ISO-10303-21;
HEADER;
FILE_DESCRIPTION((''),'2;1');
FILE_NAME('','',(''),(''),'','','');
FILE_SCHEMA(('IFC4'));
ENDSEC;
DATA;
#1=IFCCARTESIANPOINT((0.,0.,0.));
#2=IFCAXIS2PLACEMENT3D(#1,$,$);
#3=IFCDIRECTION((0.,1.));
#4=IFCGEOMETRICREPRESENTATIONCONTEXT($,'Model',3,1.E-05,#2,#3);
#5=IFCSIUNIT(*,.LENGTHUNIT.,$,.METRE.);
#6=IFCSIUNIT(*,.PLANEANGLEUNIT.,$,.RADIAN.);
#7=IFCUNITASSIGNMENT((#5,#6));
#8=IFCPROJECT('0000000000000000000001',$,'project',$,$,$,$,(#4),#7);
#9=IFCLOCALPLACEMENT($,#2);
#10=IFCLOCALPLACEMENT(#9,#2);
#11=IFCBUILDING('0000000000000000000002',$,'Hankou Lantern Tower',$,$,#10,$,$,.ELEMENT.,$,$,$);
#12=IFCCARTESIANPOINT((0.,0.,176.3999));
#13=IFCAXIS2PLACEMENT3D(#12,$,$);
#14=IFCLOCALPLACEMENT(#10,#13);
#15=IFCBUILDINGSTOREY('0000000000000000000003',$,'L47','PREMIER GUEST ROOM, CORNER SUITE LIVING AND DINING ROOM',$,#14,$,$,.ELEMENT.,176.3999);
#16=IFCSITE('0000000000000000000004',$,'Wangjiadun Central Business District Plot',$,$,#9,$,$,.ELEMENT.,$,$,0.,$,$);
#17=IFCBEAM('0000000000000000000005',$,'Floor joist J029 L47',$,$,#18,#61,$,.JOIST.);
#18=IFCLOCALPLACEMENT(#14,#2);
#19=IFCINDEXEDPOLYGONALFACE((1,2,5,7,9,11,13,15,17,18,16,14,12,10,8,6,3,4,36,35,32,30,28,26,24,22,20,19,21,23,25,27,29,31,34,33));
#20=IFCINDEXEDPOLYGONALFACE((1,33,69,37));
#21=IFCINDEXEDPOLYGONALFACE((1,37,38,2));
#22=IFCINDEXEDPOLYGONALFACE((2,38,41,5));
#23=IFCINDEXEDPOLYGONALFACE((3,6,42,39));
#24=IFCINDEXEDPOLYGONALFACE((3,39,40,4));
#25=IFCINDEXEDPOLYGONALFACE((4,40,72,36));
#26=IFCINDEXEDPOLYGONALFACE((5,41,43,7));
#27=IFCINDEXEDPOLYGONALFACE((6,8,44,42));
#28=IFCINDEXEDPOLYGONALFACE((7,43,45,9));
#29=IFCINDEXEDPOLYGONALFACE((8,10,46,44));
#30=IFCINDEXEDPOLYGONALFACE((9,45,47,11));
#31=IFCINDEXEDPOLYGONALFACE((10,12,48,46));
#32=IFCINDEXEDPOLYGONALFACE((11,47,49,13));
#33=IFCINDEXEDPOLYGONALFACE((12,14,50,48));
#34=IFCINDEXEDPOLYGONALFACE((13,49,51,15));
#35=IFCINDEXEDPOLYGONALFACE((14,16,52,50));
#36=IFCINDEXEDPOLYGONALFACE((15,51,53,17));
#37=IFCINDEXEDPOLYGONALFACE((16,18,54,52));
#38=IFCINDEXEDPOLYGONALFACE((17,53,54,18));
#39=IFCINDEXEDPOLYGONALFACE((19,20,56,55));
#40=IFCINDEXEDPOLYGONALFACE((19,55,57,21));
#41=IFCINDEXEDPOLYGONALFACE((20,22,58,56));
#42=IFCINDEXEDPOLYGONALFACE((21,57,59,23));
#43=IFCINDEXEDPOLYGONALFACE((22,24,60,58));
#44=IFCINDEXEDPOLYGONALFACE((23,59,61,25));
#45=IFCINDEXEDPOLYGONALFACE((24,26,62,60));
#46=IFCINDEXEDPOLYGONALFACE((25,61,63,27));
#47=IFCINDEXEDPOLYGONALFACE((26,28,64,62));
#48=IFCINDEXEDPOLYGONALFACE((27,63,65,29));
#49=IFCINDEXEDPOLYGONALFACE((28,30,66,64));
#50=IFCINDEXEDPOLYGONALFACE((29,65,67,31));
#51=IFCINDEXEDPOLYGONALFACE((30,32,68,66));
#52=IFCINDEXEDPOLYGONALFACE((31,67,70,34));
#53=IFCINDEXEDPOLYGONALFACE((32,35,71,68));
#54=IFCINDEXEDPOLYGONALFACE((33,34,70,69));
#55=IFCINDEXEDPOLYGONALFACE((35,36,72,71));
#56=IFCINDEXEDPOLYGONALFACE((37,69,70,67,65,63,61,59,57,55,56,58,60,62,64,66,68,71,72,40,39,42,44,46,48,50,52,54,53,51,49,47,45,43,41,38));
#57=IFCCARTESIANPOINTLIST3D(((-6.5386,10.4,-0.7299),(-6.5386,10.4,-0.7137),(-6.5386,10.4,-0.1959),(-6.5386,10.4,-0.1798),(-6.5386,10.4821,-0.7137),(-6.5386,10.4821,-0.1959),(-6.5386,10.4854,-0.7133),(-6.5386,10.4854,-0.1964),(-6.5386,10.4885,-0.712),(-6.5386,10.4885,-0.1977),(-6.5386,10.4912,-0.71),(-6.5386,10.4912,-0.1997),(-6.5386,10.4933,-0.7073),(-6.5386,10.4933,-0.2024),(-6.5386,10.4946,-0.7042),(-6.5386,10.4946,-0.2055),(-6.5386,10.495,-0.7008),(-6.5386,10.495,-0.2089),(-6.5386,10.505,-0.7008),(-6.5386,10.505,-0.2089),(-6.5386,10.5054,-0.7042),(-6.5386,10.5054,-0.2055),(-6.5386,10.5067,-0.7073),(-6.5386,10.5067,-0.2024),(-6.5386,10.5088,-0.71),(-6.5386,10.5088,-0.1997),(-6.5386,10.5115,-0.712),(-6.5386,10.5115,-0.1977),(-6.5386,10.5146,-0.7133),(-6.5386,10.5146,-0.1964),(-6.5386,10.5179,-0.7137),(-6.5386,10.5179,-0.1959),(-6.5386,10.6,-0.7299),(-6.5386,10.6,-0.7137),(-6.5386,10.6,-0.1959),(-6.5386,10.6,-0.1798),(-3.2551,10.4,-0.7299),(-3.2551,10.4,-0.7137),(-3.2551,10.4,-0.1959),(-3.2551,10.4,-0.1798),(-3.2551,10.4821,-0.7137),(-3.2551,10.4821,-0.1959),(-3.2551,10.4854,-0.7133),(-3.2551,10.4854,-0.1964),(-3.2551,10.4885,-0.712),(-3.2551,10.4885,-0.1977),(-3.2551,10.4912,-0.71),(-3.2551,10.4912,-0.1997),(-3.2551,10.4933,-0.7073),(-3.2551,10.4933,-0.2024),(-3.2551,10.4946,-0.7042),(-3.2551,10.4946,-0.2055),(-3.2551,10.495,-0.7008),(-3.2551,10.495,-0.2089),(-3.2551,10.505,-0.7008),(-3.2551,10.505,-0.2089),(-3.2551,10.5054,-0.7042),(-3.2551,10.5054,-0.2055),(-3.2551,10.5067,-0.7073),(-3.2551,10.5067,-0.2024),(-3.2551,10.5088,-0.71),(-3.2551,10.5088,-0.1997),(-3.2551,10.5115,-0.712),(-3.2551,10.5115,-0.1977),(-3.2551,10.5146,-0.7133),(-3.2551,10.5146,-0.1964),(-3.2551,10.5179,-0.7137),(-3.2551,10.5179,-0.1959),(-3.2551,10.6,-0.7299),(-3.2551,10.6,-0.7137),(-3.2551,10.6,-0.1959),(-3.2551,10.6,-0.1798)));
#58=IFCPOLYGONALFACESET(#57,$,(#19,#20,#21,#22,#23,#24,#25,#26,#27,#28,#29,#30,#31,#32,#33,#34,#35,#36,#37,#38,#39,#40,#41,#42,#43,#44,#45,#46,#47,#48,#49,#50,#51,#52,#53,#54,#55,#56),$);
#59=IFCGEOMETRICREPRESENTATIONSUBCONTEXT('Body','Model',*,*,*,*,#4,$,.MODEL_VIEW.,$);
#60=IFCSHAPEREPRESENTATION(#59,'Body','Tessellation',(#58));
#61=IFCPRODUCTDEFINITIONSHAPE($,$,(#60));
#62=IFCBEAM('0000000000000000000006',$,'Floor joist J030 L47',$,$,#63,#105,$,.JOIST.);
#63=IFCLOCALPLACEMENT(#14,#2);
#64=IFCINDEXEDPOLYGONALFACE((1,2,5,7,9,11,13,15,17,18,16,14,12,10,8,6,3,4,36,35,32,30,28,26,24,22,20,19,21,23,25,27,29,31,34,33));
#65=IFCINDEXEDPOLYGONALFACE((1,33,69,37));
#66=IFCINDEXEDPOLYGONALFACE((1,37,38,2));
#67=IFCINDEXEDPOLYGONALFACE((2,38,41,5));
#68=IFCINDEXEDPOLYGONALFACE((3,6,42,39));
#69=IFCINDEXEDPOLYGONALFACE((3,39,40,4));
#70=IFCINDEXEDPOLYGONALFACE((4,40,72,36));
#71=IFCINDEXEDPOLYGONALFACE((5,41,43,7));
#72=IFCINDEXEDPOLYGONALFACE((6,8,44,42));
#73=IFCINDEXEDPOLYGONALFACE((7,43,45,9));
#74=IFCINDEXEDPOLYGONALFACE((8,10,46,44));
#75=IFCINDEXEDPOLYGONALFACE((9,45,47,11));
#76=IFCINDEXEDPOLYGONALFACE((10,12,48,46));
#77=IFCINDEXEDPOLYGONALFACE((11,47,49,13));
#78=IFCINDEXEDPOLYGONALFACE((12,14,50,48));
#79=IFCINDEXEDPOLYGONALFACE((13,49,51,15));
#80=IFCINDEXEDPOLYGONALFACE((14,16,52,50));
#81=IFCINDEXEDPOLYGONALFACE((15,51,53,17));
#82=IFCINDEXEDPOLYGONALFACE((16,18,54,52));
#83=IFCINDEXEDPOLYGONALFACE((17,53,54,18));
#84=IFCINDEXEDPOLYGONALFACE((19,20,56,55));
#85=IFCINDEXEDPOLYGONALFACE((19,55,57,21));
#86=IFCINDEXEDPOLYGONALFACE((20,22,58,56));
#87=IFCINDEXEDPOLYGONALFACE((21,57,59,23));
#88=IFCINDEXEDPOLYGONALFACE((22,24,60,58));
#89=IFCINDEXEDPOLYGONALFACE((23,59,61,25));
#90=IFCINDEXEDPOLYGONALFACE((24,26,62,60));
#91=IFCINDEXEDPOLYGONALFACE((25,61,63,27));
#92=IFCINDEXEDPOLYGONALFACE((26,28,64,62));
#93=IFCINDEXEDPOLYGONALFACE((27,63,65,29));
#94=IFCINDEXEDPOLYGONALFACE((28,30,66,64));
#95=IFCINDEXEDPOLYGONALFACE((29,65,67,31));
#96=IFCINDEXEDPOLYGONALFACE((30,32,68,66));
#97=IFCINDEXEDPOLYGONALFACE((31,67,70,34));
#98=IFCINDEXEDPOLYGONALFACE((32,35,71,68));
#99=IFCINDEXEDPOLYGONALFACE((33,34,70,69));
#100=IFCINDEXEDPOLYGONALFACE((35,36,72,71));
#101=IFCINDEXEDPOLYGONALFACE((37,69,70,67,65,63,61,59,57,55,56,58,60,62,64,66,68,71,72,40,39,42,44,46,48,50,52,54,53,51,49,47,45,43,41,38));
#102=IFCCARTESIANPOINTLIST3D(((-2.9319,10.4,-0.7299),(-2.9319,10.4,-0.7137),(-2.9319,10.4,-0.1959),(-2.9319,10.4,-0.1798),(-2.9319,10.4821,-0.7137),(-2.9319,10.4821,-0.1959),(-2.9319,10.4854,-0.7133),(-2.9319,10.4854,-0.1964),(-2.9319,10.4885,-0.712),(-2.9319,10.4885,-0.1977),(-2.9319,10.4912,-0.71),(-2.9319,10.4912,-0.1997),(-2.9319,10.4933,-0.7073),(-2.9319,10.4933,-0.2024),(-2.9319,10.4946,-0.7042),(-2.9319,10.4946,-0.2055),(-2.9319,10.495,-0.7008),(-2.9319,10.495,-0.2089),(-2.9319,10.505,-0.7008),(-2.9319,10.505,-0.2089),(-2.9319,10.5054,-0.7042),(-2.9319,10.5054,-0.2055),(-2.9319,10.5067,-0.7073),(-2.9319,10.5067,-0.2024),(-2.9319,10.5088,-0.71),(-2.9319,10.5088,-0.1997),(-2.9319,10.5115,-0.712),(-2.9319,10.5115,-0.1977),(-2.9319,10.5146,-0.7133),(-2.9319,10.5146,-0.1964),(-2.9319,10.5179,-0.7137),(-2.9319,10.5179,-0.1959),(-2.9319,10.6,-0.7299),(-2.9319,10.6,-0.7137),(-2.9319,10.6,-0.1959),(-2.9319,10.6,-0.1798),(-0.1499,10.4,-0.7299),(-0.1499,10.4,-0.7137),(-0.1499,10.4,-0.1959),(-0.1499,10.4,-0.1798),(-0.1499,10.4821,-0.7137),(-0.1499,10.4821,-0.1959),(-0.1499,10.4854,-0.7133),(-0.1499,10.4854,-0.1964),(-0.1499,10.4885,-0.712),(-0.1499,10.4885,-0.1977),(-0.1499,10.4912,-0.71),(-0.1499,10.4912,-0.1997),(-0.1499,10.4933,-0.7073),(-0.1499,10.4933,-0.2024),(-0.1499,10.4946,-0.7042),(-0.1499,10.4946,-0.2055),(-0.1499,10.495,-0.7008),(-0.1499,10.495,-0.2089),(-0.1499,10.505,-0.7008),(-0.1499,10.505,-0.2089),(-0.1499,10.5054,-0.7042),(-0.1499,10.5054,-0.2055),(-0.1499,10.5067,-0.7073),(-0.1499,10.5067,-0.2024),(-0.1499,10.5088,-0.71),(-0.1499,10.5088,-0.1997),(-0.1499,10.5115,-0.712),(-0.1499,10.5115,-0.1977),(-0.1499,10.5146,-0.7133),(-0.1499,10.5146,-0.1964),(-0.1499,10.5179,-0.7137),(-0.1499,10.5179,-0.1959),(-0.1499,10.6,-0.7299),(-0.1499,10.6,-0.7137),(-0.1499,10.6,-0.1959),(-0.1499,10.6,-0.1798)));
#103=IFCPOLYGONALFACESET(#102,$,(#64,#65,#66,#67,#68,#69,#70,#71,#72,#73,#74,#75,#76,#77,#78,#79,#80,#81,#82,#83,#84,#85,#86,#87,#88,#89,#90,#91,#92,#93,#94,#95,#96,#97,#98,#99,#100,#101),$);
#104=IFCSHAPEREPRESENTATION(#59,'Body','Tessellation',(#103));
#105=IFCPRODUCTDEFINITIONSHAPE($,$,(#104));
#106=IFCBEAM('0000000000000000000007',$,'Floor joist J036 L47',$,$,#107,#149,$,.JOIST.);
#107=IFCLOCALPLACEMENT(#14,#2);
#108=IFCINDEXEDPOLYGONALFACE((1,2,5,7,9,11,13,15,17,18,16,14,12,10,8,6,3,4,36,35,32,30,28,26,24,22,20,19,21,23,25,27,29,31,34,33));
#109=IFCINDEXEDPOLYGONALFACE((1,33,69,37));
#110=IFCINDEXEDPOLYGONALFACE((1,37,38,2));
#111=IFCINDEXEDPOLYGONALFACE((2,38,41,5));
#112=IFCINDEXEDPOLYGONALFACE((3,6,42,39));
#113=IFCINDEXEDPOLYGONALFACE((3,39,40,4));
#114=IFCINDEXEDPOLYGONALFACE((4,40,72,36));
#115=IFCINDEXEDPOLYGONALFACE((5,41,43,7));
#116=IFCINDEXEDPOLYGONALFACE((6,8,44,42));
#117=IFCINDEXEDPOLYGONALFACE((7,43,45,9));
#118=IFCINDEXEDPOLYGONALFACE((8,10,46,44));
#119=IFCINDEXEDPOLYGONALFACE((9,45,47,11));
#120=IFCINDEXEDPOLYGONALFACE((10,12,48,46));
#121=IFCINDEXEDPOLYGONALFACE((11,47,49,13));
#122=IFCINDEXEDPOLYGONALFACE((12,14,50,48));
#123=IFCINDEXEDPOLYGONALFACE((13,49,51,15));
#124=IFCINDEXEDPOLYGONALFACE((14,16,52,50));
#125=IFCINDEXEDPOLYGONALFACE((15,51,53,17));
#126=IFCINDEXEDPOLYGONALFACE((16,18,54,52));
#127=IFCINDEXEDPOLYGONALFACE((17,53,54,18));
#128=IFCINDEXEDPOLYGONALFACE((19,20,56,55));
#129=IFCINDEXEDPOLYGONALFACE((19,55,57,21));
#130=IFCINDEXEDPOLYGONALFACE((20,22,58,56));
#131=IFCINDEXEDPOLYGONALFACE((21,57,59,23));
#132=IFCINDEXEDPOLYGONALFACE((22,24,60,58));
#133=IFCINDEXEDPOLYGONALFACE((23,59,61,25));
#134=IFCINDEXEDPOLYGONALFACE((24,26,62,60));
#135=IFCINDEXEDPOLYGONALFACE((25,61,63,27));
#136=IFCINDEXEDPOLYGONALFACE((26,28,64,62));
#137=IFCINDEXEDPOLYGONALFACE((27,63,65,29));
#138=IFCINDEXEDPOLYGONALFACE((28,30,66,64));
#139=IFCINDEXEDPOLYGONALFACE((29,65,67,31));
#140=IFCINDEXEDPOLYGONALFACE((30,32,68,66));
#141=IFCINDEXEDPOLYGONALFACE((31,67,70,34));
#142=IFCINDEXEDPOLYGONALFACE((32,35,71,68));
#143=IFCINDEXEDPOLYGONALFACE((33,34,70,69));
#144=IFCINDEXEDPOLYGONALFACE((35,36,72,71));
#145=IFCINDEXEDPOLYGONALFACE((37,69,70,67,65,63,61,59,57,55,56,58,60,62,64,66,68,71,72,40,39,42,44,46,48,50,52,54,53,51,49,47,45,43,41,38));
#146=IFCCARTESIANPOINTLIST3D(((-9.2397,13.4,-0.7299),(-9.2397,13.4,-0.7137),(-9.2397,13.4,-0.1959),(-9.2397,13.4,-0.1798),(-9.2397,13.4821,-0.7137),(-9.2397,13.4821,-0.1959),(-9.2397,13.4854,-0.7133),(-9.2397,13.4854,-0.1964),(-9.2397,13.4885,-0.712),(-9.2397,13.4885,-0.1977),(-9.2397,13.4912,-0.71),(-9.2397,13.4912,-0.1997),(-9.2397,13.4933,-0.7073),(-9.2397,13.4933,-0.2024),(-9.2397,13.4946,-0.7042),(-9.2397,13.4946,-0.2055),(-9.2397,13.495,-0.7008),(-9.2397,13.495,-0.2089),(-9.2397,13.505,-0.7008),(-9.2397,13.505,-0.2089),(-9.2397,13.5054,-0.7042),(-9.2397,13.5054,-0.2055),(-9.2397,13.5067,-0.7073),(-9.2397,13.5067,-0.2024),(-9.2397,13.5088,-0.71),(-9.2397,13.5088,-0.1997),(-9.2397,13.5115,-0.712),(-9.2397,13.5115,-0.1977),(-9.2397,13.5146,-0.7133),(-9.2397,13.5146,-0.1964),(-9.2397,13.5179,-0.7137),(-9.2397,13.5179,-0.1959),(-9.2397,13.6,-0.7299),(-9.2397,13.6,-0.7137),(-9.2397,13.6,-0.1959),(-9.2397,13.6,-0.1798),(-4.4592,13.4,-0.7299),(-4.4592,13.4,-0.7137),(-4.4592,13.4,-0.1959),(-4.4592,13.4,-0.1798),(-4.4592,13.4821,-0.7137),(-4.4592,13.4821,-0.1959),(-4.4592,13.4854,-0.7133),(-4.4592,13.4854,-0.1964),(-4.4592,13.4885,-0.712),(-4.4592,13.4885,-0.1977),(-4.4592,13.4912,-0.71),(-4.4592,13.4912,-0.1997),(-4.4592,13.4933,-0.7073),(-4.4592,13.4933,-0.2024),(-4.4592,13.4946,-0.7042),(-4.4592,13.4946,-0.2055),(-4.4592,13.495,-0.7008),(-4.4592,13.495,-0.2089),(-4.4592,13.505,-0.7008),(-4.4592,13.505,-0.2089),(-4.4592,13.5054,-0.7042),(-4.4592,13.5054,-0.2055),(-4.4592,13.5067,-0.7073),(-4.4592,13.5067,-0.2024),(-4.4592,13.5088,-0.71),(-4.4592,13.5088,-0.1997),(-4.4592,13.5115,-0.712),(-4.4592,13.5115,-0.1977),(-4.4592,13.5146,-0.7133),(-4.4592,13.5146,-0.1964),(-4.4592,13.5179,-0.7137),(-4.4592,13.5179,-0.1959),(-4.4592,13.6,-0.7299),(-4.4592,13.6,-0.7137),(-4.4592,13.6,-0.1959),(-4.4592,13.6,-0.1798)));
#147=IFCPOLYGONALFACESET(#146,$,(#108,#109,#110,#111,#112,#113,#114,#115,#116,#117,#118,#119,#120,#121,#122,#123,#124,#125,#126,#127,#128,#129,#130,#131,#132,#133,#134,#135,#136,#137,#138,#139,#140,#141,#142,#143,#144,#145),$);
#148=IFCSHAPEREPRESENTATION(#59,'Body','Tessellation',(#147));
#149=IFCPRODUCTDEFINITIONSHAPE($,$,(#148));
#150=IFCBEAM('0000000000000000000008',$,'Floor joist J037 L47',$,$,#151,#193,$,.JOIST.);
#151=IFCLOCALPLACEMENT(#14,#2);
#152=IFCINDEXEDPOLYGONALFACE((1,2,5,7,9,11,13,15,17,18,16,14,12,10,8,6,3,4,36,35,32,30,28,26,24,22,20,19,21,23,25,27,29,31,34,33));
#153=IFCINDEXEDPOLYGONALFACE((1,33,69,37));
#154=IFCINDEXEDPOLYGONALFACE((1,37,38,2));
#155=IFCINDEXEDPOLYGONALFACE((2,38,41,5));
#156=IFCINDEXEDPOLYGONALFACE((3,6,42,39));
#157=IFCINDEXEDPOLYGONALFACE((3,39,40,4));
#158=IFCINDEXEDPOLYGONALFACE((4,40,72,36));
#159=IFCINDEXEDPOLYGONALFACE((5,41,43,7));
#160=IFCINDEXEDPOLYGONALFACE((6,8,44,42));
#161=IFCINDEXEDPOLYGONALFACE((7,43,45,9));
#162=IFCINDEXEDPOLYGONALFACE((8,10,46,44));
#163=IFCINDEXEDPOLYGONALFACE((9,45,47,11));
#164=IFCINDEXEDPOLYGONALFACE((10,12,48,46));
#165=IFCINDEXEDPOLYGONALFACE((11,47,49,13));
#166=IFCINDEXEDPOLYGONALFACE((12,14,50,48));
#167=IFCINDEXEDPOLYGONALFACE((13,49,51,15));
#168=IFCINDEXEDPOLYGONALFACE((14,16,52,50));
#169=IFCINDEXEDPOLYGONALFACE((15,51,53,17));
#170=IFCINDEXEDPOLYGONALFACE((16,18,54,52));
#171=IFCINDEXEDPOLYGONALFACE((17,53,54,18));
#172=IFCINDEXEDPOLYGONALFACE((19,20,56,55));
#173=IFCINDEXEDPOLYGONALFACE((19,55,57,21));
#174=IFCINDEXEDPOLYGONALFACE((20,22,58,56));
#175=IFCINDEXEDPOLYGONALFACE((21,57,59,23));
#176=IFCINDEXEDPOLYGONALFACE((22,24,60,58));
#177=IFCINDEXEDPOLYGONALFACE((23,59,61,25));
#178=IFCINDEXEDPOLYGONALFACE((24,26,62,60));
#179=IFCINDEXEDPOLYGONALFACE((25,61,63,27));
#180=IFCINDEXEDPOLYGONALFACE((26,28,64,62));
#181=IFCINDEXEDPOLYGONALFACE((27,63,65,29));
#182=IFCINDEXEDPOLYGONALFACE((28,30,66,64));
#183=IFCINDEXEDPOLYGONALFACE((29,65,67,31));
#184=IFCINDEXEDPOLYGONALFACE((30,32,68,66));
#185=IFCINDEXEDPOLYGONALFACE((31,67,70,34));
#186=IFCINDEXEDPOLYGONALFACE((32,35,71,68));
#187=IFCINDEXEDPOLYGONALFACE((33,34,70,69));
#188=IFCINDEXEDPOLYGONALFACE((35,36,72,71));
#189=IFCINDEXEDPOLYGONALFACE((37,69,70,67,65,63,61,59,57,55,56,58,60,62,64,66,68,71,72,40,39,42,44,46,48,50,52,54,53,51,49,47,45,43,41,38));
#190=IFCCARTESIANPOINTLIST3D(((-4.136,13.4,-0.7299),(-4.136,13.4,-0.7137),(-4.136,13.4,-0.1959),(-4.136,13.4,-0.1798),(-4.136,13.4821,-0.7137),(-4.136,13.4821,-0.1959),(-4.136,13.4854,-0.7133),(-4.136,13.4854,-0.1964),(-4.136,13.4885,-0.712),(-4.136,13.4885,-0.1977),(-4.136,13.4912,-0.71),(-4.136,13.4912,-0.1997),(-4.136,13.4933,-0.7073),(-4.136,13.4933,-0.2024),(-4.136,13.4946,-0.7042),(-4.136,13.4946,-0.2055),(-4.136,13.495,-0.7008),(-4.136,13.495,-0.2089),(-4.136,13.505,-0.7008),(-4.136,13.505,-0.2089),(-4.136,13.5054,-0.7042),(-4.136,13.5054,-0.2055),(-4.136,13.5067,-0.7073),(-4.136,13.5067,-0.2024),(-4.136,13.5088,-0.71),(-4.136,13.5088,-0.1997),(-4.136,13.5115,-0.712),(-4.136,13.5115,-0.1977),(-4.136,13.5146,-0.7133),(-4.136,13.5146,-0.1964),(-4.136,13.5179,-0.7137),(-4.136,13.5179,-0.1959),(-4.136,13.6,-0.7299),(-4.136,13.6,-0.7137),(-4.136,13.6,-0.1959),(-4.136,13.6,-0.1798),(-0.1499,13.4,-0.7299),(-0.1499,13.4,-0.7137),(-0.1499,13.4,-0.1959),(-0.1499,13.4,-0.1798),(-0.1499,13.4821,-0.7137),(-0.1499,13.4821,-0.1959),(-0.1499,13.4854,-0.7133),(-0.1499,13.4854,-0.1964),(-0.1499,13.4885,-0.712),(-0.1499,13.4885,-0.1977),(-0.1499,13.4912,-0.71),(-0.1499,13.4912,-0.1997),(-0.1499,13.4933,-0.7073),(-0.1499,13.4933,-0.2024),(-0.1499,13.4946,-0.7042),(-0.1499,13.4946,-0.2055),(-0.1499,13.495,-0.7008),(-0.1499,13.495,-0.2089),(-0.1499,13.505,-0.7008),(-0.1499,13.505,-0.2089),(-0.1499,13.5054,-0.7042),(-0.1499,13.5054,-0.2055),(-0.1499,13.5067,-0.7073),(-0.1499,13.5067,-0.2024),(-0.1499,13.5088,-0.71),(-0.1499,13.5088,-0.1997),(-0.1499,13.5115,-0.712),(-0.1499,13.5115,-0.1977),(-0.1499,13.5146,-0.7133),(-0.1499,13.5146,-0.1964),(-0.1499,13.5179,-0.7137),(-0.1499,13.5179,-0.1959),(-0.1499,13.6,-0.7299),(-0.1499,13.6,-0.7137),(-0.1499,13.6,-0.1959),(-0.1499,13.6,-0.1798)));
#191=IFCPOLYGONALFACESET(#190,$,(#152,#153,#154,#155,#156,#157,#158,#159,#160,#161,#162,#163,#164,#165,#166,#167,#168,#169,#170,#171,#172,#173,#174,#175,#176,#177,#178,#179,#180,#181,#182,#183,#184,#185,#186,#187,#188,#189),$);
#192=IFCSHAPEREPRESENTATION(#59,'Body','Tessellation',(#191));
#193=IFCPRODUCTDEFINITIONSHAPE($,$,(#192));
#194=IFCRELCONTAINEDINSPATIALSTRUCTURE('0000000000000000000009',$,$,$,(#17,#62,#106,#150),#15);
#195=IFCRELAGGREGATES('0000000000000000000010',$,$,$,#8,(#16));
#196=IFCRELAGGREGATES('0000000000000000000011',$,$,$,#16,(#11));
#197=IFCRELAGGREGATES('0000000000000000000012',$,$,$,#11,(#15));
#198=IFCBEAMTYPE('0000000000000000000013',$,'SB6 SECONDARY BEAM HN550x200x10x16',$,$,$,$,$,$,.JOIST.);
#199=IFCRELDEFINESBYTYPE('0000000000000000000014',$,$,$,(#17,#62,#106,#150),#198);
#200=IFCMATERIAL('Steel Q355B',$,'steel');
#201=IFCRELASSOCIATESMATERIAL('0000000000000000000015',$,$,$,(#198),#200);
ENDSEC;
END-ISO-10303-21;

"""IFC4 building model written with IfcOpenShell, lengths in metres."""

from ifc_helpers import new_model, si_unit, direction, frame, origin, origin_2d, place, context, subcontext, project, spatial, i_section, extrude, material, material_profile, profile_set, type_object, element, save


model = new_model("IFC4")

# Units and contexts
model_context = context("Model", 3, precision=1e-05, world=origin(), true_north=direction((0.0, 1.0)))
body_context = subcontext(model_context, "Body", "Model", "MODEL_VIEW")
ifc_project = project(units=[si_unit("LENGTHUNIT", "METRE"), si_unit("PLANEANGLEUNIT", "RADIAN")], contexts=[model_context])

# Site, building, storey
site_placement = place(None, origin())
site = spatial("IfcSite", under=ifc_project, at=site_placement, Name="Wangjiadun Central Business District Plot", CompositionType="ELEMENT", RefElevation=0.0)
building_placement = place(site_placement, origin())
building = spatial("IfcBuilding", under=site, at=building_placement, Name="Hankou Lantern Tower", CompositionType="ELEMENT")
storey_placement = place(building_placement, frame((0.0, 0.0, 176.3999)))
storey = spatial("IfcBuildingStorey", under=building, at=storey_placement, Name="L47", Description="PREMIER GUEST ROOM, CORNER SUITE LIVING AND DINING ROOM", CompositionType="ELEMENT", Elevation=176.3999)

# Beams
ifc_material_1 = material(Name="Steel Q355B", Category="steel")
ifc_material_profile_1 = material_profile(ifc_material_1, i_section(OverallWidth=0.2, OverallDepth=0.55, WebThickness=0.01, FlangeThickness=0.0161, FilletRadius=0.0129, at=origin_2d()), Name="HN550x200x10x16")
ifc_profile_set_1 = profile_set([ifc_material_profile_1], Name="Steel Q355B")
beam_type_1 = type_object("IfcBeamType", Name="SB6 SECONDARY BEAM HN550x200x10x16", PredefinedType="JOIST", material=ifc_profile_set_1)
beam_1_placement = place(storey_placement, frame((-6.5386, 10.5, -0.4548), z_axis=(1.0, 0.0, 0.0), x_axis=(0.0, 1.0, 0.0)))
element("IfcBeam", 1, at=beam_1_placement, inside=storey, type_object=beam_type_1, Name="Floor joist J029 L47", PredefinedType="JOIST", context=body_context, shape_type="SweptSolid", body=[
    extrude(i_section(OverallWidth=0.2, OverallDepth=0.55, WebThickness=0.01, FlangeThickness=0.0161, FilletRadius=0.0129, at=origin_2d()), origin(), (0.0, 0.0, 1.0), 3.2834),
])
beam_2_placement = place(storey_placement, frame((-2.9319, 10.5, -0.4548), z_axis=(1.0, 0.0, 0.0), x_axis=(0.0, 1.0, 0.0)))
element("IfcBeam", 2, at=beam_2_placement, inside=storey, type_object=beam_type_1, Name="Floor joist J030 L47", PredefinedType="JOIST", context=body_context, shape_type="SweptSolid", body=[
    extrude(i_section(OverallWidth=0.2, OverallDepth=0.55, WebThickness=0.01, FlangeThickness=0.0161, FilletRadius=0.0129, at=origin_2d()), origin(), (0.0, 0.0, 1.0), 2.782),
])
beam_3_placement = place(storey_placement, frame((-9.2397, 13.5, -0.4548), z_axis=(1.0, 0.0, 0.0), x_axis=(0.0, 1.0, 0.0)))
element("IfcBeam", 3, at=beam_3_placement, inside=storey, type_object=beam_type_1, Name="Floor joist J036 L47", PredefinedType="JOIST", context=body_context, shape_type="SweptSolid", body=[
    extrude(i_section(OverallWidth=0.2, OverallDepth=0.55, WebThickness=0.01, FlangeThickness=0.0161, FilletRadius=0.0129, at=origin_2d()), origin(), (0.0, 0.0, 1.0), 4.7805),
])
beam_4_placement = place(storey_placement, frame((-4.136, 13.5, -0.4548), z_axis=(1.0, 0.0, 0.0), x_axis=(0.0, 1.0, 0.0)))
element("IfcBeam", 4, at=beam_4_placement, inside=storey, type_object=beam_type_1, Name="Floor joist J037 L47", PredefinedType="JOIST", context=body_context, shape_type="SweptSolid", body=[
    extrude(i_section(OverallWidth=0.2, OverallDepth=0.55, WebThickness=0.01, FlangeThickness=0.0161, FilletRadius=0.0129, at=origin_2d()), origin(), (0.0, 0.0, 1.0), 3.9861),
])

save(model, "model.ifc")
